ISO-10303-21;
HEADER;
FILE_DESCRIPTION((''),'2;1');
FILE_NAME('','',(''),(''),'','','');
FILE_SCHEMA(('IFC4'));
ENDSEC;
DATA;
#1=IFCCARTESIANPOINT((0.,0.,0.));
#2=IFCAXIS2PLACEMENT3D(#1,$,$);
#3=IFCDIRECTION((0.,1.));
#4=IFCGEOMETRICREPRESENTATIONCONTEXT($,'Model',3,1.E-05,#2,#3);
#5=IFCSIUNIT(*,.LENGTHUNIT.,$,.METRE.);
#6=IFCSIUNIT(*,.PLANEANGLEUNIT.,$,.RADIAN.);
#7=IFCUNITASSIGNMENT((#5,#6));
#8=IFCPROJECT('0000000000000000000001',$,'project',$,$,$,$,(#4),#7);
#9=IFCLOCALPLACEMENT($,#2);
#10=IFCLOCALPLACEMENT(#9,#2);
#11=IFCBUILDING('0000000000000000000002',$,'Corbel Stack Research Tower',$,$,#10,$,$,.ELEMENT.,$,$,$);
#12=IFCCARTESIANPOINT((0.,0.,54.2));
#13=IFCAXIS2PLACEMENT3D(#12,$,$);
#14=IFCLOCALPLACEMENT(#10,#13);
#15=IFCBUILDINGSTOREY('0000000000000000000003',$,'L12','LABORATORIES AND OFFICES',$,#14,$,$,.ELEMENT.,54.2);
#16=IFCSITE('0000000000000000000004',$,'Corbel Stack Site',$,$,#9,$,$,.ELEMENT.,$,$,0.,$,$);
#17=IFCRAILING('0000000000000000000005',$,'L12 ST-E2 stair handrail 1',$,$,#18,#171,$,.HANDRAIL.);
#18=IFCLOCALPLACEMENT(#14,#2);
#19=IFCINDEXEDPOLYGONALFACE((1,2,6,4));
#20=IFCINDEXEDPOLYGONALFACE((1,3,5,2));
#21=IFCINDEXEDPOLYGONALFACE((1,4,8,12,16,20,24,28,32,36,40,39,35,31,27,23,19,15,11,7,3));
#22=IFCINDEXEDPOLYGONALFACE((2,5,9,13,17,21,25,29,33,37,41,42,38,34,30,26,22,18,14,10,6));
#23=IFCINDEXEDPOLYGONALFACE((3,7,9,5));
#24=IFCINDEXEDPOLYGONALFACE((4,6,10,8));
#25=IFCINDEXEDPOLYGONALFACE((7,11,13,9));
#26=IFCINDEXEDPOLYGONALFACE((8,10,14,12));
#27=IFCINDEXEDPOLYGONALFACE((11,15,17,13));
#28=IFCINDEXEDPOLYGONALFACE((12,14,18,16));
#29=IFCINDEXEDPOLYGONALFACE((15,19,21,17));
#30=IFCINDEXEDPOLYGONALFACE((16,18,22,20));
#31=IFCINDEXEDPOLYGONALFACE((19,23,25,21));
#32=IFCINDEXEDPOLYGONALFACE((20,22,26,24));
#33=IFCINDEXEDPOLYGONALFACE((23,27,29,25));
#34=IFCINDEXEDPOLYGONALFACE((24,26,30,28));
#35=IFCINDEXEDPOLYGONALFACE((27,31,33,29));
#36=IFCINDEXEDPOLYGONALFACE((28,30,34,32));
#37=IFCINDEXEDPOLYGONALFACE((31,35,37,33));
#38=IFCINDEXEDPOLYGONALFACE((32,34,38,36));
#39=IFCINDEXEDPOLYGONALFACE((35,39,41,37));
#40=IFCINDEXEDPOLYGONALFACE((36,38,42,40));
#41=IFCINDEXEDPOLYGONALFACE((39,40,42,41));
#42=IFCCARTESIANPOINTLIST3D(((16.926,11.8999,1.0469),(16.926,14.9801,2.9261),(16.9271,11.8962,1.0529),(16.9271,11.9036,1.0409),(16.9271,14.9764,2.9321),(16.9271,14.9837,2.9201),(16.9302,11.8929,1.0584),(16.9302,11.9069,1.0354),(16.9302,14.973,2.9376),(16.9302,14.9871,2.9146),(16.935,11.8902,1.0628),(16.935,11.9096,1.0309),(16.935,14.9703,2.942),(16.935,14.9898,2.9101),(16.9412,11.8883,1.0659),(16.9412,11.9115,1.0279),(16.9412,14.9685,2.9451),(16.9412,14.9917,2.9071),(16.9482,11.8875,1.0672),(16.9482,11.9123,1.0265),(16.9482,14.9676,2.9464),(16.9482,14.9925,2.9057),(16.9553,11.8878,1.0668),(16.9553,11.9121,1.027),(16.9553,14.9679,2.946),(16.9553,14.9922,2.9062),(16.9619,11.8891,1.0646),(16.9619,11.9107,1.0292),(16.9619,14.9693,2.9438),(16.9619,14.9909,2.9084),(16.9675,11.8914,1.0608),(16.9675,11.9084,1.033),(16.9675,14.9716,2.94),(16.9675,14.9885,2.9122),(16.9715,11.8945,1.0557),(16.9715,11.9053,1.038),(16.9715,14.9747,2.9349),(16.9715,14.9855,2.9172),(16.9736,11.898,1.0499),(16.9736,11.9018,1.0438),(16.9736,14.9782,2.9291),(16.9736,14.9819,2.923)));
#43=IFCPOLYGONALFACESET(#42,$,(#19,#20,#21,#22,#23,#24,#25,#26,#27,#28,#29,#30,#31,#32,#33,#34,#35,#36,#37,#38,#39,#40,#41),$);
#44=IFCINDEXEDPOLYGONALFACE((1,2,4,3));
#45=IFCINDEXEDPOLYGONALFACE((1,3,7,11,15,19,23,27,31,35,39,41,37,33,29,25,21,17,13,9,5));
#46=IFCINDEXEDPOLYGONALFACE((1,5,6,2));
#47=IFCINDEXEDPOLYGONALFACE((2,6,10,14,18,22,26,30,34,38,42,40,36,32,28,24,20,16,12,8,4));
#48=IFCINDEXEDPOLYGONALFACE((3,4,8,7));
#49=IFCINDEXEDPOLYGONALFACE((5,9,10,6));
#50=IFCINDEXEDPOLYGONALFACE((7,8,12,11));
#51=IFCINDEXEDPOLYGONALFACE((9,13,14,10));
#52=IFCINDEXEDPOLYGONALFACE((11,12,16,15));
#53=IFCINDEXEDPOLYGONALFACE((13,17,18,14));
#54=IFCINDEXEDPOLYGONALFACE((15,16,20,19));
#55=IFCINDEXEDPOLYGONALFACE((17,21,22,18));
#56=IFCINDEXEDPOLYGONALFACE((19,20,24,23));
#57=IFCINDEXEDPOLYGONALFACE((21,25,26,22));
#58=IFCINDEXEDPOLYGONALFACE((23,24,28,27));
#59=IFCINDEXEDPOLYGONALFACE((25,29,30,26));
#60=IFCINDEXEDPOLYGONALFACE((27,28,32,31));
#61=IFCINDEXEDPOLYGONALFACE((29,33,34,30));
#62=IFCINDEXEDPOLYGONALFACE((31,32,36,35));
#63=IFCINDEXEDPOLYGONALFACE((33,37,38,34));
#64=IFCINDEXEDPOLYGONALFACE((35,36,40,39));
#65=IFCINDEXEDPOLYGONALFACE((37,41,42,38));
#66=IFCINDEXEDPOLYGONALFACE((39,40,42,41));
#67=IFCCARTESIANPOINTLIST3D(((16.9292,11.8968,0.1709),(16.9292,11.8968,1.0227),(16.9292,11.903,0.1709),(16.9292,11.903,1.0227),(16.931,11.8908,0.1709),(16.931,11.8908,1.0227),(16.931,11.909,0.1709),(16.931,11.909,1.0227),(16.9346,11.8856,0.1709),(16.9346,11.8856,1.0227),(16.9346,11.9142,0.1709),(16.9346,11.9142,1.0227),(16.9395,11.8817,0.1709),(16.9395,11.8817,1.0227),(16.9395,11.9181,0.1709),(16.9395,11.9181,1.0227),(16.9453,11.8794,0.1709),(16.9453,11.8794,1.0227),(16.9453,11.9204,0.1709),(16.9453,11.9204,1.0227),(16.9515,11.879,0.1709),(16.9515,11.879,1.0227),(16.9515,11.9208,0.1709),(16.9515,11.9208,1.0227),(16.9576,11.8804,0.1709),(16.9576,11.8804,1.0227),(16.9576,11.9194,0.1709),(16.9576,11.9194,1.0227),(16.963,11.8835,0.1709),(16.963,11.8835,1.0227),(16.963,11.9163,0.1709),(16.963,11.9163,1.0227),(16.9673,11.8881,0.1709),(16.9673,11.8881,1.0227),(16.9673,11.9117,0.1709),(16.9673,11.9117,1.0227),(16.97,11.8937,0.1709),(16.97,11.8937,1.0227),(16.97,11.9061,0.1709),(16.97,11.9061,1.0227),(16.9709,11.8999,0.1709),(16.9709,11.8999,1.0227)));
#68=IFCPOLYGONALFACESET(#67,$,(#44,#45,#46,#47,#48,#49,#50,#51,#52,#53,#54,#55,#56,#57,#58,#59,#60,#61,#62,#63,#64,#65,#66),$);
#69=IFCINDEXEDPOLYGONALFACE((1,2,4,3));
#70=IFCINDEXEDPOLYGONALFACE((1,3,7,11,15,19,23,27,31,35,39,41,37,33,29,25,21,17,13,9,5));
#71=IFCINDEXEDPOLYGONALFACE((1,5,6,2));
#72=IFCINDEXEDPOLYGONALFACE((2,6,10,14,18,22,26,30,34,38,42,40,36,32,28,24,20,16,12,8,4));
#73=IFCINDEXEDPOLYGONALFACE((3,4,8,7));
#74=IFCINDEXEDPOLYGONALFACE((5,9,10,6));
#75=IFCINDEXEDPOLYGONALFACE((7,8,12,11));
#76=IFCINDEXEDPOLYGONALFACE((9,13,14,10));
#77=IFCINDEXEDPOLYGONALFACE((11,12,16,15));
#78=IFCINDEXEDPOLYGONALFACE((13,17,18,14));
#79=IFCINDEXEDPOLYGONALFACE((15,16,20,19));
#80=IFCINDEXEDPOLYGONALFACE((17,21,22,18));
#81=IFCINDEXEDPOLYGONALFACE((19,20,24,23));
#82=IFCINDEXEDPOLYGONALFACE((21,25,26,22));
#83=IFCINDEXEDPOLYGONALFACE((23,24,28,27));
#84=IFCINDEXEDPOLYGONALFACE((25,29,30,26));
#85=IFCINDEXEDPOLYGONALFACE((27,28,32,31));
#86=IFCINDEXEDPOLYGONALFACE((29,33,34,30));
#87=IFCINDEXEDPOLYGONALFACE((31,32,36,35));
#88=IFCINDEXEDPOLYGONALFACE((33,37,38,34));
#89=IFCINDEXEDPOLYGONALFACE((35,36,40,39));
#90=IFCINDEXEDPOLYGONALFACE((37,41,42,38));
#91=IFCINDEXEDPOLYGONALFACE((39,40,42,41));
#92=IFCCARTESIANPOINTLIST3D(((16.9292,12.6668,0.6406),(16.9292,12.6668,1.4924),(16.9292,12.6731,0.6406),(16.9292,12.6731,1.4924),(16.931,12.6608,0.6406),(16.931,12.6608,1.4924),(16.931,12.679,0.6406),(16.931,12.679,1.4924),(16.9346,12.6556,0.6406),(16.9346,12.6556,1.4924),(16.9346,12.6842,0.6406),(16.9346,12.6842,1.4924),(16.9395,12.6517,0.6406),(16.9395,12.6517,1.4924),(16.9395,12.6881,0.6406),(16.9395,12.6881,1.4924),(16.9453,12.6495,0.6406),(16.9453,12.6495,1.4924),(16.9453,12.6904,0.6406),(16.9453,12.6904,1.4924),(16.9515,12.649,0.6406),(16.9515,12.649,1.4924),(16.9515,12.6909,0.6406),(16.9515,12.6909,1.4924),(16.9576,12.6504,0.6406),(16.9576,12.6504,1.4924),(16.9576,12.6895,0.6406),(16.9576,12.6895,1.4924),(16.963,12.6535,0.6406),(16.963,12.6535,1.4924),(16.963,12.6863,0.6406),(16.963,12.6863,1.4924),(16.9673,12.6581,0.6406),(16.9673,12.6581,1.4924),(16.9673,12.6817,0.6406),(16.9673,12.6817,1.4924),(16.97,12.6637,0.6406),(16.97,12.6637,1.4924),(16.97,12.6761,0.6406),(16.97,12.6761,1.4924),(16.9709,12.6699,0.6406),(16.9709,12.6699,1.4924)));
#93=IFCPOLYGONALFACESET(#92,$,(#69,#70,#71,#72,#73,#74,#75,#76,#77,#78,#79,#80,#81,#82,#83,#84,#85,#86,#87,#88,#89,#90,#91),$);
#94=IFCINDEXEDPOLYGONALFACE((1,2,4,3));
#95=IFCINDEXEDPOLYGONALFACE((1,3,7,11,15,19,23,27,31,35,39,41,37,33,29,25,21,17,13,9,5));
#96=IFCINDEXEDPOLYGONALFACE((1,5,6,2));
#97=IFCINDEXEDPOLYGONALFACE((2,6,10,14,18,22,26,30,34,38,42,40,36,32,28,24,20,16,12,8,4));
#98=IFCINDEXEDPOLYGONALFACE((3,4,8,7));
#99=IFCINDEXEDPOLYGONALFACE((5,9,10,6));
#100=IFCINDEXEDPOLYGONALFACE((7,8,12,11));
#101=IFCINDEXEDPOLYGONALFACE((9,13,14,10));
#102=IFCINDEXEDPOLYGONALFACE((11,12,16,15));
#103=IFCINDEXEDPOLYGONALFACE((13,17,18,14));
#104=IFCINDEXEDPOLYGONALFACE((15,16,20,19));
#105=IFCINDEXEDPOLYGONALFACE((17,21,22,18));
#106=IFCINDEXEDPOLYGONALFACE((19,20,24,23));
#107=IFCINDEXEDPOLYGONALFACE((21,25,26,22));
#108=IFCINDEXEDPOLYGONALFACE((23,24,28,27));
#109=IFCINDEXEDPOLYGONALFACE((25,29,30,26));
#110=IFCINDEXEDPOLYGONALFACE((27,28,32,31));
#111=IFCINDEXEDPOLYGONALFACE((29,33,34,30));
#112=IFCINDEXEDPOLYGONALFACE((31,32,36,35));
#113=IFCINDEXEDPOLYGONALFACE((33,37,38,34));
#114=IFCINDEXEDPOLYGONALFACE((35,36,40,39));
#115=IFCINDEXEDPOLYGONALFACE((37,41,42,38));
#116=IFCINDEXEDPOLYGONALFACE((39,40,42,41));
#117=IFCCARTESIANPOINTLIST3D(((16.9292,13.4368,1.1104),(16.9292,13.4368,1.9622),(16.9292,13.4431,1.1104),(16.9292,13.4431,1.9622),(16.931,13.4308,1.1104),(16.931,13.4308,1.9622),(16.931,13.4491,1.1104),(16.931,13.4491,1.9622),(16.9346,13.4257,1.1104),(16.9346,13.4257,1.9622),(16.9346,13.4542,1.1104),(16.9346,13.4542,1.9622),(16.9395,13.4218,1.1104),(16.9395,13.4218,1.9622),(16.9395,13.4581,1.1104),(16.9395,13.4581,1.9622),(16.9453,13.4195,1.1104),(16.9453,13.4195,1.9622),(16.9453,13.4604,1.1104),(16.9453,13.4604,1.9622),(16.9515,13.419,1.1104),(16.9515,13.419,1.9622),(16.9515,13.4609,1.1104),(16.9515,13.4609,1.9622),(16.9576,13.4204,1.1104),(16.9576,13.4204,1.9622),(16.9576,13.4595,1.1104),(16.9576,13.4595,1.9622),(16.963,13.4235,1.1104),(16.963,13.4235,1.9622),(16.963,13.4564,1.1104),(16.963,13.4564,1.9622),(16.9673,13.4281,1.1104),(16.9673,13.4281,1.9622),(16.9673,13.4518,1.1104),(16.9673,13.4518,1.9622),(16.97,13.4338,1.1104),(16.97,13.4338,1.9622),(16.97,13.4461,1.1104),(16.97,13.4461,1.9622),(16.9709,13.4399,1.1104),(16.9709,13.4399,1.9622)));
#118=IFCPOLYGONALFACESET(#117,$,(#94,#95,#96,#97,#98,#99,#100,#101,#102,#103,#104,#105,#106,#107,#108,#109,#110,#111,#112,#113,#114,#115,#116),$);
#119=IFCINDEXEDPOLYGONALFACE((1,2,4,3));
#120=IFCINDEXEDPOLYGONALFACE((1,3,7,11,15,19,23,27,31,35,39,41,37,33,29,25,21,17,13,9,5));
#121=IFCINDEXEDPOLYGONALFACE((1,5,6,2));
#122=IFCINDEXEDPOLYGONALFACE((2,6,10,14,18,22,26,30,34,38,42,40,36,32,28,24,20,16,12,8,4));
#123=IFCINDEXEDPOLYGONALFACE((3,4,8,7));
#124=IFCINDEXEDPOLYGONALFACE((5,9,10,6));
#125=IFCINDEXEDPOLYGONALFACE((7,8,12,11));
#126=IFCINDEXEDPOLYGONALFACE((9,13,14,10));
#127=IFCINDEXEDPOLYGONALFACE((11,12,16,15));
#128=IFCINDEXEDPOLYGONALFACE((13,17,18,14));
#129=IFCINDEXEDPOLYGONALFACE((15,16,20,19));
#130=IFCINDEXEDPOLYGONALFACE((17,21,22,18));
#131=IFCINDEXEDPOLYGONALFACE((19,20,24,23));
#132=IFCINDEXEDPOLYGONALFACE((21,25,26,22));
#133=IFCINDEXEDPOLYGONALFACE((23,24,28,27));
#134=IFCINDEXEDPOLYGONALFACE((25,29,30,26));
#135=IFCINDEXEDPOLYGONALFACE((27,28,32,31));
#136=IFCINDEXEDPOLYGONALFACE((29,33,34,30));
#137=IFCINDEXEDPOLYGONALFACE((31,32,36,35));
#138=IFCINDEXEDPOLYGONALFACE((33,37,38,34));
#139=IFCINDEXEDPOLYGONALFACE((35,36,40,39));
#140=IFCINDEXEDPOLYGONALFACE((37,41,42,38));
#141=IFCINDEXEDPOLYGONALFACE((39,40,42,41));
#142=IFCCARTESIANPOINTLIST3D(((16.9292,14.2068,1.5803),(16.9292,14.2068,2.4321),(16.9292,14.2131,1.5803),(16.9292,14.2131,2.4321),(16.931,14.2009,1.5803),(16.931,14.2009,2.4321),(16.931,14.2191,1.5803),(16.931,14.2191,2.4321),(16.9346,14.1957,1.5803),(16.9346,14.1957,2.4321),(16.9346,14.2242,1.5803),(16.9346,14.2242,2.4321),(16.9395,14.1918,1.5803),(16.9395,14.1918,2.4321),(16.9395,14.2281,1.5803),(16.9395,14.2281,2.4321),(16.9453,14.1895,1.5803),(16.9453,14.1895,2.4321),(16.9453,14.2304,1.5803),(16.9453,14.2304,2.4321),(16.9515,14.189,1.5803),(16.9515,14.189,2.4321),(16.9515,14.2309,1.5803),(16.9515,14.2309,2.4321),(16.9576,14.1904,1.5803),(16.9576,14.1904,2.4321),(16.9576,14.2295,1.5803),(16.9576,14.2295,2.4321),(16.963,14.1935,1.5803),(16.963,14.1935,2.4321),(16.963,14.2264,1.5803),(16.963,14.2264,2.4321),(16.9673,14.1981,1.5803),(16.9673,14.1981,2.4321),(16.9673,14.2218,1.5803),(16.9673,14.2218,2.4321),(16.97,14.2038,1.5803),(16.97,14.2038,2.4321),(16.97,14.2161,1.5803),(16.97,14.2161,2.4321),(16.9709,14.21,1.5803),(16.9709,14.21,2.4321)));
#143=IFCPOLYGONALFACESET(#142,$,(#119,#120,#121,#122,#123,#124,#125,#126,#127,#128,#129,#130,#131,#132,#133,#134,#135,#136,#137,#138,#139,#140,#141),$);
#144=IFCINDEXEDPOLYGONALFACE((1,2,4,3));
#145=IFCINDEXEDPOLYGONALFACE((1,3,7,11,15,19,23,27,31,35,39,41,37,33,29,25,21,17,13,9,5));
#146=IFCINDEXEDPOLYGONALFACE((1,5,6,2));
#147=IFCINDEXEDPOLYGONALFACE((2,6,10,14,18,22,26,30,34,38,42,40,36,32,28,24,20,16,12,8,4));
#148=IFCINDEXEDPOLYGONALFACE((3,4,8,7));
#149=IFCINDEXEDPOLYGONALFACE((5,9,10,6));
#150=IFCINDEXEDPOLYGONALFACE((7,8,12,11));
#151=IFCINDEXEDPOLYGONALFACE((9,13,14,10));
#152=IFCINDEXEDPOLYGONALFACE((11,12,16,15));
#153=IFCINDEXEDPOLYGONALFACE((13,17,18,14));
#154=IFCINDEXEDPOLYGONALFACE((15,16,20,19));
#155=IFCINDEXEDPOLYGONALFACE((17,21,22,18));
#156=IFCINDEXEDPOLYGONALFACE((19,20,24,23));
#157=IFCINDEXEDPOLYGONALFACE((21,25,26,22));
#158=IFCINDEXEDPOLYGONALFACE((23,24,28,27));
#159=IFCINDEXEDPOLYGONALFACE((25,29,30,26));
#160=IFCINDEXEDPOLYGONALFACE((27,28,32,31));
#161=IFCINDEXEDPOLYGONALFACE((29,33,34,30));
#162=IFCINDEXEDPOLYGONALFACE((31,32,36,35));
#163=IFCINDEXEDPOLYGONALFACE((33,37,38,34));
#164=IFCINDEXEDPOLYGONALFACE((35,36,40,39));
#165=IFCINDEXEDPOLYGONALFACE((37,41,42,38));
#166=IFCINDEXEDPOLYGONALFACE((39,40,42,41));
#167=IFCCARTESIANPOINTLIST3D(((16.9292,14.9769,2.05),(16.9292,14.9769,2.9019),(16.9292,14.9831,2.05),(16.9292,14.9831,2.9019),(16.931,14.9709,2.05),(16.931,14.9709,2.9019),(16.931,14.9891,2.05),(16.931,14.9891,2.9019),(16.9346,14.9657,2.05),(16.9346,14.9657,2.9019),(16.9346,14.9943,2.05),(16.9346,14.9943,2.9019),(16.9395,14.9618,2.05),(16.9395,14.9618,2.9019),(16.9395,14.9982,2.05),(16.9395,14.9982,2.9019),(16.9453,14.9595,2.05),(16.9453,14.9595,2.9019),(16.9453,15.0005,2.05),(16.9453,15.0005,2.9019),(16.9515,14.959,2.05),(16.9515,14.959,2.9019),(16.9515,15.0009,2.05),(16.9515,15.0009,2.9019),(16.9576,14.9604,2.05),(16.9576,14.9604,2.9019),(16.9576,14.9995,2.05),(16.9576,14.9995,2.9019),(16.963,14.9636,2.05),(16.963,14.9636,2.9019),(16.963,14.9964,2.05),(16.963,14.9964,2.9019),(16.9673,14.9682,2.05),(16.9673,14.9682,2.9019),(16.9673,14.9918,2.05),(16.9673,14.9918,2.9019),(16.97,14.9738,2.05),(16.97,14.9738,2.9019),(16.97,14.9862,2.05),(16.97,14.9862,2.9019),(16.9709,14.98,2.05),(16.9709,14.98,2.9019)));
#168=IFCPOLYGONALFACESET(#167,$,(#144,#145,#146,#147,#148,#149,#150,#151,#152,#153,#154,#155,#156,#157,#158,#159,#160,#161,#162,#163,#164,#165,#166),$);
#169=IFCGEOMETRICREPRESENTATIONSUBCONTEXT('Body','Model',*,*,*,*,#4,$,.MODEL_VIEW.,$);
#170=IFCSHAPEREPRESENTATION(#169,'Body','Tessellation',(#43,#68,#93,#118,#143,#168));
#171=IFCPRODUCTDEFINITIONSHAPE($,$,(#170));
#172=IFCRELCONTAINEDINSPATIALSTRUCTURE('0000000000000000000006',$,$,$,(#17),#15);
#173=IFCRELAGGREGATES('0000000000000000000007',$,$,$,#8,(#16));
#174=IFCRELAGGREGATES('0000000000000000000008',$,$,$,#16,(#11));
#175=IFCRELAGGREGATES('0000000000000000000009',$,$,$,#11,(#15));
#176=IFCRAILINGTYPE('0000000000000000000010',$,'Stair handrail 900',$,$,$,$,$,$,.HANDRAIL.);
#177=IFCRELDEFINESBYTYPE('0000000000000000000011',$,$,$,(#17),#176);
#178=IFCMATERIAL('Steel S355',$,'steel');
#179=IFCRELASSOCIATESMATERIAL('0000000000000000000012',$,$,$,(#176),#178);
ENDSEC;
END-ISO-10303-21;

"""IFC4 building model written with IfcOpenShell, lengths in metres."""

from ifc_helpers import new_model, si_unit, direction, frame, origin, origin_2d, place, context, subcontext, project, spatial, circle, extrude, material, type_object, element, save


model = new_model("IFC4")

# Units and contexts
model_context = context("Model", 3, precision=1e-05, world=origin(), true_north=direction((0.0, 1.0)))
body_context = subcontext(model_context, "Body", "Model", "MODEL_VIEW")
ifc_project = project(units=[si_unit("LENGTHUNIT", "METRE"), si_unit("PLANEANGLEUNIT", "RADIAN")], contexts=[model_context])

# Site, building, storey
site_placement = place(None, origin())
site = spatial("IfcSite", under=ifc_project, at=site_placement, Name="Corbel Stack Site", CompositionType="ELEMENT", RefElevation=0.0)
building_placement = place(site_placement, origin())
building = spatial("IfcBuilding", under=site, at=building_placement, Name="Corbel Stack Research Tower", CompositionType="ELEMENT")
storey_placement = place(building_placement, frame((0.0, 0.0, 54.2)))
storey = spatial("IfcBuildingStorey", under=building, at=storey_placement, Name="L12", Description="LABORATORIES AND OFFICES", CompositionType="ELEMENT", Elevation=54.2)

# Railing
ifc_material_1 = material(Name="Steel S355", Category="steel")
railing_type_1 = type_object("IfcRailingType", Name="Stair handrail 900", PredefinedType="HANDRAIL", material=ifc_material_1)
railing_1_placement = place(storey_placement, frame((16.95, 11.8999, 0.1709)))
element("IfcRailing", 1, at=railing_1_placement, inside=storey, type_object=railing_type_1, Name="L12 ST-E2 stair handrail 1", PredefinedType="HANDRAIL", context=body_context, shape_type="SweptSolid", body=[
    extrude(circle(Radius=0.0239, at=origin_2d()), frame((0.0, 0.0, 0.876), z_axis=(0.0, 0.853666, 0.52082), x_axis=(-1.0, 0.0, 0.0)), (0.0, 0.0, 1.0), 3.6082),
    extrude(circle(Radius=0.021, at=origin_2d()), origin(), (0.0, 0.0, 1.0), 0.8518),
    extrude(circle(Radius=0.021, at=origin_2d()), frame((0.0, 0.77, 0.4697)), (0.0, 0.0, 1.0), 0.8518),
    extrude(circle(Radius=0.021, at=origin_2d()), frame((0.0, 1.54, 0.9395)), (0.0, 0.0, 1.0), 0.8518),
    extrude(circle(Radius=0.021, at=origin_2d()), frame((0.0, 2.3101, 1.4094)), (0.0, 0.0, 1.0), 0.8518),
    extrude(circle(Radius=0.021, at=origin_2d()), frame((0.0, 3.0801, 1.8792)), (0.0, 0.0, 1.0), 0.8518),
])

save(model, "model.ifc")
